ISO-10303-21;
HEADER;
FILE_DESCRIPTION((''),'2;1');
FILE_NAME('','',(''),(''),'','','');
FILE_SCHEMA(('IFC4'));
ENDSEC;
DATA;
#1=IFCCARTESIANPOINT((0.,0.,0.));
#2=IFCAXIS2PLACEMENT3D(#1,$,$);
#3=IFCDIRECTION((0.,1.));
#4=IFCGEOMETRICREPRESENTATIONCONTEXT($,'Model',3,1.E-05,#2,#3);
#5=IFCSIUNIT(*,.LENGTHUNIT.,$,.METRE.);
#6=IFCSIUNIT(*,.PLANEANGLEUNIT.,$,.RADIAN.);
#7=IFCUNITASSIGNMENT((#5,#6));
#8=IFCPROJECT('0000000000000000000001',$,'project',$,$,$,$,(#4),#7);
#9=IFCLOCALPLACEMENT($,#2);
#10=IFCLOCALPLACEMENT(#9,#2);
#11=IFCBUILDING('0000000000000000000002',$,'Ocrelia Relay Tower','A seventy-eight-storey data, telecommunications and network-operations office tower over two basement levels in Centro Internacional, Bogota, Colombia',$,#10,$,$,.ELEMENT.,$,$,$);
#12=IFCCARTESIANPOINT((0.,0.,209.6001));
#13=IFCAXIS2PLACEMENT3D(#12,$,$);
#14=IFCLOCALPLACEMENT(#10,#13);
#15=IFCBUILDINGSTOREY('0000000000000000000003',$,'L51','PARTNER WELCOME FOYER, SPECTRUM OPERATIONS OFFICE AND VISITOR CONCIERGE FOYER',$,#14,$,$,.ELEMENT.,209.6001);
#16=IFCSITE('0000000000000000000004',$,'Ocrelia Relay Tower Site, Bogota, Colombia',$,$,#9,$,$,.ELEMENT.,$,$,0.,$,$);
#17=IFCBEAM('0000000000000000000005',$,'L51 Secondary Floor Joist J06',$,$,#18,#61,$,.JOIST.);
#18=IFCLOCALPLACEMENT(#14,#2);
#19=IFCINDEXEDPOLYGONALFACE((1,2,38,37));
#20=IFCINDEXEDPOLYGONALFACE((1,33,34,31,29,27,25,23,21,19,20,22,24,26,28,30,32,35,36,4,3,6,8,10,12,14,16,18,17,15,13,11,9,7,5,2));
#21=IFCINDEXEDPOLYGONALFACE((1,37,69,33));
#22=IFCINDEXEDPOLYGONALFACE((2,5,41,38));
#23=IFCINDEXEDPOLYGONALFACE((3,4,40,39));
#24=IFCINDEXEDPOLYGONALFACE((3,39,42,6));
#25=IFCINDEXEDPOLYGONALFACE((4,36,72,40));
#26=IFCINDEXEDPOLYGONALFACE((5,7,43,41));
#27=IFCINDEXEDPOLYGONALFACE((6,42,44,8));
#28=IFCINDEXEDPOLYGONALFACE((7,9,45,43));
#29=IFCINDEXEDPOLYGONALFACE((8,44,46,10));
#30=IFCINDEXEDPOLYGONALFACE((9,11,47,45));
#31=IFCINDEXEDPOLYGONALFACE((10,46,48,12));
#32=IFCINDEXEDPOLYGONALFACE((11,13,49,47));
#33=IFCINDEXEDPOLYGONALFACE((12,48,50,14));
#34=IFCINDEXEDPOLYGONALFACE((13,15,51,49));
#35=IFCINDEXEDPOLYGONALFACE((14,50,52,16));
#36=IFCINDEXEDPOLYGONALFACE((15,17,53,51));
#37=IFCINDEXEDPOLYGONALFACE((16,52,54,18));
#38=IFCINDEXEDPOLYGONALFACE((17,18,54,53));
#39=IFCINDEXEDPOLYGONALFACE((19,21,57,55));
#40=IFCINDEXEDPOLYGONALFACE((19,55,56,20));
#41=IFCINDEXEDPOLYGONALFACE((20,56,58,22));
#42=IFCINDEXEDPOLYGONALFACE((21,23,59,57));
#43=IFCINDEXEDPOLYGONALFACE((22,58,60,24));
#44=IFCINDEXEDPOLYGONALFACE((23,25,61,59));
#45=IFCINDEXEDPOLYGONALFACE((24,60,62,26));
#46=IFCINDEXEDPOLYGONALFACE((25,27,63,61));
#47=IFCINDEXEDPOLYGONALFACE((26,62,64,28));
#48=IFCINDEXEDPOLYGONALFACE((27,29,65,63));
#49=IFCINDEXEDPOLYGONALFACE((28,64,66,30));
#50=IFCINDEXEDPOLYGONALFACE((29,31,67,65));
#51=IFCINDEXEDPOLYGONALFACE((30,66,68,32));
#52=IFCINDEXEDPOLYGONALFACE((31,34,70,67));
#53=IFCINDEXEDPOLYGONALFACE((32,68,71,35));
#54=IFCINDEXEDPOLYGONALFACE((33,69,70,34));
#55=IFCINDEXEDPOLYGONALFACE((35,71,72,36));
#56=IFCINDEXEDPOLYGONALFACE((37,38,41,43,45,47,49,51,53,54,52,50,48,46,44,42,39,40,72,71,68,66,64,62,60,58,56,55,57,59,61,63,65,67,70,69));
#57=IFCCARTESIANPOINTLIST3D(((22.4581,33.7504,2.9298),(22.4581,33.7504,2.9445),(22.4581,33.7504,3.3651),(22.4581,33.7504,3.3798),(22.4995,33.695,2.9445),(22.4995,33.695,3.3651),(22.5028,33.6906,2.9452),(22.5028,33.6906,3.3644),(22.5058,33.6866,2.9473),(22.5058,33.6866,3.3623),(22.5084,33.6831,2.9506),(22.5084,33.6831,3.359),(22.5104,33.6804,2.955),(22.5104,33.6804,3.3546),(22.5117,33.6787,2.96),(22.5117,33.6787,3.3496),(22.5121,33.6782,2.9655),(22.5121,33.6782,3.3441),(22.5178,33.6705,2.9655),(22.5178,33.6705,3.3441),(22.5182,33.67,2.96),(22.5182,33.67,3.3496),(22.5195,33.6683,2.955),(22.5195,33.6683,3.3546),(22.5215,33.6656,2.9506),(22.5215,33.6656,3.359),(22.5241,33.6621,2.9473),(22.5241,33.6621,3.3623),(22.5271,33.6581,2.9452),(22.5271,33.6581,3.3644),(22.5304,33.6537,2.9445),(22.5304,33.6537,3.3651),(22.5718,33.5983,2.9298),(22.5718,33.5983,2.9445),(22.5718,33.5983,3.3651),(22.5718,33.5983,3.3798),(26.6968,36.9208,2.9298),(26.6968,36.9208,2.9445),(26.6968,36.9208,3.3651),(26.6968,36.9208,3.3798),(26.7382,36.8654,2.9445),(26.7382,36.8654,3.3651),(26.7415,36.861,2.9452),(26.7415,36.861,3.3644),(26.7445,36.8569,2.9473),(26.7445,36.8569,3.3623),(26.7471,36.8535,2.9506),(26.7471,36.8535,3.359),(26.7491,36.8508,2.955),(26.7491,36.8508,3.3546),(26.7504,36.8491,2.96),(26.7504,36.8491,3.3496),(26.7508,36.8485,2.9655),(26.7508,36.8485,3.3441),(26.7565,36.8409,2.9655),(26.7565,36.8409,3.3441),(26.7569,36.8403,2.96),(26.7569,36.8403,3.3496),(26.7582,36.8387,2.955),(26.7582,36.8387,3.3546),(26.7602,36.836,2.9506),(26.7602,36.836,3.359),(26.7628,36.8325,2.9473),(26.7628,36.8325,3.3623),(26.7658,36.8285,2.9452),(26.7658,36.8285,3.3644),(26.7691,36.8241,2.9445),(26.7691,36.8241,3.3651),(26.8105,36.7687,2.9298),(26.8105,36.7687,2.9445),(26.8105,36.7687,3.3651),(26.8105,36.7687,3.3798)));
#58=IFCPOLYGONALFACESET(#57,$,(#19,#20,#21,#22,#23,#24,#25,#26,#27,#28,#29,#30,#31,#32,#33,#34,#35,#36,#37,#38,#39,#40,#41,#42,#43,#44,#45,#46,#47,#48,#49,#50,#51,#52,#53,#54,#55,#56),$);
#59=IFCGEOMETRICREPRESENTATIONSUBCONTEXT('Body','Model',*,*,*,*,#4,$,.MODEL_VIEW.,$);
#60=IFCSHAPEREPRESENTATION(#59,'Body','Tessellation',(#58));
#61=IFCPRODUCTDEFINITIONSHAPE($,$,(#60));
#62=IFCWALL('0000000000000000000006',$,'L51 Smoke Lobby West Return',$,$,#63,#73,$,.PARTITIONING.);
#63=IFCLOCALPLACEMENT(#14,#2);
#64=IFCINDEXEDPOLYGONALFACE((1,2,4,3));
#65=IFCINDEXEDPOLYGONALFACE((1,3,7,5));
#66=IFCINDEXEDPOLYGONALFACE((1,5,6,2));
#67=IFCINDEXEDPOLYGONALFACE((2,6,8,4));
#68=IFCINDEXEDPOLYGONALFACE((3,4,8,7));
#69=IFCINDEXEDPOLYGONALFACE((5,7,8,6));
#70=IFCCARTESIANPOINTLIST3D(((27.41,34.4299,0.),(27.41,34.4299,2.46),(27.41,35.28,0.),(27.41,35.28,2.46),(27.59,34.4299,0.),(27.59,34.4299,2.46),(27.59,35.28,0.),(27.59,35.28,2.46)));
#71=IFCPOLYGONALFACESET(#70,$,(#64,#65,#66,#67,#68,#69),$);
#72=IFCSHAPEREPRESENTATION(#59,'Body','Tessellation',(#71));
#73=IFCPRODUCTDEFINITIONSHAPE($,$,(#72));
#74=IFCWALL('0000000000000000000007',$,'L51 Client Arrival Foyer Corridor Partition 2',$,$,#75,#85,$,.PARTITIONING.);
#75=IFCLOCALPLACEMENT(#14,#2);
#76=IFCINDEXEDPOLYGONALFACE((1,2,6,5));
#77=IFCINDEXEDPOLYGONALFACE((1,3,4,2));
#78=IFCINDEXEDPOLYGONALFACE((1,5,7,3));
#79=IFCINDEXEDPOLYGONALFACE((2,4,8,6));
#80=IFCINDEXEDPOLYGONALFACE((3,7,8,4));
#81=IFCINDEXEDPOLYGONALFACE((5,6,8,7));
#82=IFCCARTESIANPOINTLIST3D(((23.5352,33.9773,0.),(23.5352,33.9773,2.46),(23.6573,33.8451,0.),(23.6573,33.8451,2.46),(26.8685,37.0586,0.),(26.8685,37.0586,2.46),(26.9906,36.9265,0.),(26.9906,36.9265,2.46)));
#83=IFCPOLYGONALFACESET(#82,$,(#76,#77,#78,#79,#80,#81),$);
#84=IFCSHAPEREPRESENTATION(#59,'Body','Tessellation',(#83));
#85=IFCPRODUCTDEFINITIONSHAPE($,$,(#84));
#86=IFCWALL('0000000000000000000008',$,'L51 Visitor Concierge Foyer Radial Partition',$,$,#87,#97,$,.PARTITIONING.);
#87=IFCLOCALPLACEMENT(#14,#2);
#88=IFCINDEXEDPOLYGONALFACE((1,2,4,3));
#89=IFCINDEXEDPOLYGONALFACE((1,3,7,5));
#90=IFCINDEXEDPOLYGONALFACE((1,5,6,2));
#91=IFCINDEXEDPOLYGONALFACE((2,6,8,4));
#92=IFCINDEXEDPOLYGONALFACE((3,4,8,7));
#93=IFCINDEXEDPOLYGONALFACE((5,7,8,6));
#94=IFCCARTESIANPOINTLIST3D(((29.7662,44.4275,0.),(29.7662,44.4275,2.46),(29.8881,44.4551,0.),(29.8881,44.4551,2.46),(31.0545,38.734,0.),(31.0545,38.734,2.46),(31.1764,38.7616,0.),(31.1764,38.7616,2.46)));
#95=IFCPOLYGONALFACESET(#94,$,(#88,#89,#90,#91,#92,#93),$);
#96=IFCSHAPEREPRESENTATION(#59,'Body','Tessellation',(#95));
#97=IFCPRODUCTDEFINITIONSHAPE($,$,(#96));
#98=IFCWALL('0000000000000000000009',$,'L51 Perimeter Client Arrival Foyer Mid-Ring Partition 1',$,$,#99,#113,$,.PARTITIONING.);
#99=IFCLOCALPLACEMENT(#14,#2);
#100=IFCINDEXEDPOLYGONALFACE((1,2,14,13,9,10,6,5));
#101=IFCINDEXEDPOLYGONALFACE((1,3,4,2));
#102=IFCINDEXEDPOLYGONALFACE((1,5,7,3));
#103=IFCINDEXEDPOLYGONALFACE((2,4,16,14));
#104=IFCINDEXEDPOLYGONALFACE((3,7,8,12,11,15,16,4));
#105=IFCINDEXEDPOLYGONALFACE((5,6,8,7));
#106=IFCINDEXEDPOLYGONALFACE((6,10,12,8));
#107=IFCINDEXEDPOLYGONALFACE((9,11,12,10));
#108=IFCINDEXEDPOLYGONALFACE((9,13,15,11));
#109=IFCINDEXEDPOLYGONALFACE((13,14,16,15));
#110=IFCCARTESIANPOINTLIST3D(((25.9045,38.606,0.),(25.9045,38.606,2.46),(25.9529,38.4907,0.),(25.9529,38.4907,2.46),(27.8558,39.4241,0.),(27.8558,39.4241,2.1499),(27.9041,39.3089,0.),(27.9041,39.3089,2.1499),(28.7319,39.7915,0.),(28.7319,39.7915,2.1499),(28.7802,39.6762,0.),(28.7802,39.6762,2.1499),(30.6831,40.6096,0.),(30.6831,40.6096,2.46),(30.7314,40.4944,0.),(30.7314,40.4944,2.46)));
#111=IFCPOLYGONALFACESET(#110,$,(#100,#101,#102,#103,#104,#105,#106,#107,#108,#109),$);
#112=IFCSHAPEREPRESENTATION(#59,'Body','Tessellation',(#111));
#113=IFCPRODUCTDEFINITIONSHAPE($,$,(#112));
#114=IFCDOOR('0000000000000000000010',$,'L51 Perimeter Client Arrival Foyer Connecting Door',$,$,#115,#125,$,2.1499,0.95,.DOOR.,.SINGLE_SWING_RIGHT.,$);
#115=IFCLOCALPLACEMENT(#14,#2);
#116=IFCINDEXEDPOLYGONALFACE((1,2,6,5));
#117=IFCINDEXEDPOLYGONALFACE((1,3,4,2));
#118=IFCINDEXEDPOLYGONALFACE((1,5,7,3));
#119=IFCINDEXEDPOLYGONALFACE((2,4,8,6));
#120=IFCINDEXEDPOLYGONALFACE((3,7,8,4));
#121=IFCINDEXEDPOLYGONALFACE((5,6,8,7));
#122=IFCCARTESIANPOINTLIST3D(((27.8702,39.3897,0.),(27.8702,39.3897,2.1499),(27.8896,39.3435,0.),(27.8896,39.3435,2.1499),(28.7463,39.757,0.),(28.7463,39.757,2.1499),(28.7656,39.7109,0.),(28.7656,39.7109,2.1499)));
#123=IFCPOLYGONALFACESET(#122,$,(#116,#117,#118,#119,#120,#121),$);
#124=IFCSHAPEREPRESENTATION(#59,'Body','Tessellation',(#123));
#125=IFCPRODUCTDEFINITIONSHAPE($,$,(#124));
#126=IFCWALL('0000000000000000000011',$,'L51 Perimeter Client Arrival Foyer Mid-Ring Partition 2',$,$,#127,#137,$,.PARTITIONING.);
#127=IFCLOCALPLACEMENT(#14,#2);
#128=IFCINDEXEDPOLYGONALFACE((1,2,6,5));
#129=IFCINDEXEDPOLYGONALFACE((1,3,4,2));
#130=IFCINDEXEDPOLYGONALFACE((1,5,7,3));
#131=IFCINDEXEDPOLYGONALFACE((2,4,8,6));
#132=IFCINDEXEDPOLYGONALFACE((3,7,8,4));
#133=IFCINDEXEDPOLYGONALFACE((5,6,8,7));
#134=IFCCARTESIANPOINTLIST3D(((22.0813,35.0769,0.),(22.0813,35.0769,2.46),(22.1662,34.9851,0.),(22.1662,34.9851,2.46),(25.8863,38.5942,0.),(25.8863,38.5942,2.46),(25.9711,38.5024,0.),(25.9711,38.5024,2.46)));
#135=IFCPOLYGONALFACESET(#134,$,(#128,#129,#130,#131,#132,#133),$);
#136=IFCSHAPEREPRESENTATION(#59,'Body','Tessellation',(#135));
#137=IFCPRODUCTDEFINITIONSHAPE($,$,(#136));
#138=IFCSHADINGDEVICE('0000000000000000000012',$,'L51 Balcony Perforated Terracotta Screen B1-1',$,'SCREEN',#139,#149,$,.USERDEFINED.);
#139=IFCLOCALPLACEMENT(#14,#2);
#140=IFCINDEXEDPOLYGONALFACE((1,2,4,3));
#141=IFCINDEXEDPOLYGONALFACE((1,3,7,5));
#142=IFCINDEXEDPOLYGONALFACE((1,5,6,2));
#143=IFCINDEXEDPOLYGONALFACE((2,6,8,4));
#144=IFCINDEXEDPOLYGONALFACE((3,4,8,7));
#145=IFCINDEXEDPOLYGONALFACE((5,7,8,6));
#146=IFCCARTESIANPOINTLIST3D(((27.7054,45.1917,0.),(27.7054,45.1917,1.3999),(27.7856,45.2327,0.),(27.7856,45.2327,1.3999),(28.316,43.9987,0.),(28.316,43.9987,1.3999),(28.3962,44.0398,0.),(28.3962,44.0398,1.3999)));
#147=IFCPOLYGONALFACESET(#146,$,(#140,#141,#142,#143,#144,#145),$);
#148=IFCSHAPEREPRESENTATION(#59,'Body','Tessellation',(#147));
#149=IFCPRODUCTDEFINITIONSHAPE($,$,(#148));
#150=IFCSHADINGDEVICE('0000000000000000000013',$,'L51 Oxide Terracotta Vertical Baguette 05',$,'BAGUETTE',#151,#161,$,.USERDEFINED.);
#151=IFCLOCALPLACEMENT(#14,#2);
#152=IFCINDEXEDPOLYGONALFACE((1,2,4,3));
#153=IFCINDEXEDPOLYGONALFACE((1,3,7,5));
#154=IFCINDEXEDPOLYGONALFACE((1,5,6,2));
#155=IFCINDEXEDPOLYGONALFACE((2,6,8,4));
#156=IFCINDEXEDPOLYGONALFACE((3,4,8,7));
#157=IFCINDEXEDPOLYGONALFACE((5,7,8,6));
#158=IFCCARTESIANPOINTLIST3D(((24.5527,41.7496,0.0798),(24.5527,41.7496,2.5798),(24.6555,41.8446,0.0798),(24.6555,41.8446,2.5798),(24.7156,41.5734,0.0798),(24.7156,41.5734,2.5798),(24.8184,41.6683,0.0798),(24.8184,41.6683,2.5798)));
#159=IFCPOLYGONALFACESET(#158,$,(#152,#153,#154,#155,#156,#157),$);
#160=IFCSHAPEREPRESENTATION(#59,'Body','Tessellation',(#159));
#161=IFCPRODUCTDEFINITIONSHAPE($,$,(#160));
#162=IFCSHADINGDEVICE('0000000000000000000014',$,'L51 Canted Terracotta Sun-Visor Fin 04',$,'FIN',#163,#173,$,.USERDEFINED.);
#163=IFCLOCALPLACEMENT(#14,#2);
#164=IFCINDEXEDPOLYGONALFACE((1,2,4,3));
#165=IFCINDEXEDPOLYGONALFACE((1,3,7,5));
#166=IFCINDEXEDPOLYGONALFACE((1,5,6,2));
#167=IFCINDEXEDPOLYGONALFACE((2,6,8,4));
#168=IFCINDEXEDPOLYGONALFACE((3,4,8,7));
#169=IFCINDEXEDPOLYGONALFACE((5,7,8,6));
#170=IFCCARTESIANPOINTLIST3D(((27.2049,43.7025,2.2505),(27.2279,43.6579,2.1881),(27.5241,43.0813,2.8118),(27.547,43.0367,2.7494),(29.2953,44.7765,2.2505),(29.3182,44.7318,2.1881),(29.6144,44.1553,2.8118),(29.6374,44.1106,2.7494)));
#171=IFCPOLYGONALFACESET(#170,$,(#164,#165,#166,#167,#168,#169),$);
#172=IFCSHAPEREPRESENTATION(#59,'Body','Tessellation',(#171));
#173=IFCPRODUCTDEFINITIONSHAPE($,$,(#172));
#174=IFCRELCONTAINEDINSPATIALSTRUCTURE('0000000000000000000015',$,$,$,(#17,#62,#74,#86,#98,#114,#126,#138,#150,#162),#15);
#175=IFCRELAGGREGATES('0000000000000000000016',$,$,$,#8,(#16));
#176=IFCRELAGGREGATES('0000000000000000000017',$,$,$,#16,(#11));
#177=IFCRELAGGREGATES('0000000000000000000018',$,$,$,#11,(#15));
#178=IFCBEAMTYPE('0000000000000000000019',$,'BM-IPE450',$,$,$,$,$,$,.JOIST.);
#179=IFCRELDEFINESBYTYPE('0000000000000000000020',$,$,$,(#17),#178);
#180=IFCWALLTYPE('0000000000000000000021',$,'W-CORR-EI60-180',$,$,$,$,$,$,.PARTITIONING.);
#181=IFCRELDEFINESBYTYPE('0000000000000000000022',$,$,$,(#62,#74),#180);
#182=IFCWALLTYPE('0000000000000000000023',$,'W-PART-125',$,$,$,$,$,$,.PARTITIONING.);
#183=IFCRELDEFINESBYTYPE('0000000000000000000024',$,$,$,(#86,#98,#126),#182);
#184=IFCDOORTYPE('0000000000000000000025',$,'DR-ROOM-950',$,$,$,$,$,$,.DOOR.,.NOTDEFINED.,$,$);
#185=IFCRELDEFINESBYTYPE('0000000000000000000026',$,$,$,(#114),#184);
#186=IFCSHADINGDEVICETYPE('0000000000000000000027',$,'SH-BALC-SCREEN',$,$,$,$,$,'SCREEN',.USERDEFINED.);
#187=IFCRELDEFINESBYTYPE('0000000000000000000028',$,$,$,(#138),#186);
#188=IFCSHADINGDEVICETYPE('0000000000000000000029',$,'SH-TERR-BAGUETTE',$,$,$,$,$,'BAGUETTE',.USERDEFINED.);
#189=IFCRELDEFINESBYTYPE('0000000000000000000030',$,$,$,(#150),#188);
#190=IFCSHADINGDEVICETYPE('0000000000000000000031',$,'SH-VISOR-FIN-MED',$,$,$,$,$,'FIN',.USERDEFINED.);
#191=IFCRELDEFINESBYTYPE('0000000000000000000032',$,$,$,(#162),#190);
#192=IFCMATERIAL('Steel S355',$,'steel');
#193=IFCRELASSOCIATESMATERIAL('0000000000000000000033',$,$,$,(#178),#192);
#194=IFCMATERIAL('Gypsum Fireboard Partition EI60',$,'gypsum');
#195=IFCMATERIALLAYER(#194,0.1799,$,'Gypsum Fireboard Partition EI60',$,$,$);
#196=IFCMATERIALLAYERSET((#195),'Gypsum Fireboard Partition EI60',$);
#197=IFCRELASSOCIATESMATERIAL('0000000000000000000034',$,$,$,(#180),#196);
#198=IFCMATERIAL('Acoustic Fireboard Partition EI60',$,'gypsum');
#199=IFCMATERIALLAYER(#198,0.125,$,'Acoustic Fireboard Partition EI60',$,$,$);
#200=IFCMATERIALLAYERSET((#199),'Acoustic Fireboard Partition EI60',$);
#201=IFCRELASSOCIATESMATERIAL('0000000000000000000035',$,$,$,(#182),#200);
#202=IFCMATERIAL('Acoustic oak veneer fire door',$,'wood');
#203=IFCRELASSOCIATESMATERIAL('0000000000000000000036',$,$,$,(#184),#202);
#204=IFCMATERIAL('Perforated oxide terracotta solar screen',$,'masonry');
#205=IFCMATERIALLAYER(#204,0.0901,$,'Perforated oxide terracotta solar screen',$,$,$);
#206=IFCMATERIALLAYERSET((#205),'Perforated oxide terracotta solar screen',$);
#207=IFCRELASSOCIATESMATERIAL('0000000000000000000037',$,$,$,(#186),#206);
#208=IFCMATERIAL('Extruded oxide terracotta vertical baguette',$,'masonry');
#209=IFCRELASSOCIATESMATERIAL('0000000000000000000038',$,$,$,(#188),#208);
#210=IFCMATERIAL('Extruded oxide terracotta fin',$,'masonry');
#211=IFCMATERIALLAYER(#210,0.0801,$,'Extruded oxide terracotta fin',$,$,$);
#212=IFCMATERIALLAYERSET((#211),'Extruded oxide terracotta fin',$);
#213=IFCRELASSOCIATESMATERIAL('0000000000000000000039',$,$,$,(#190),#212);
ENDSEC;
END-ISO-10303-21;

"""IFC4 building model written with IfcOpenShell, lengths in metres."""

from ifc_helpers import new_model, si_unit, direction, frame, frame_2d, origin, origin_2d, place, context, subcontext, project, spatial, rectangle, i_section, extrude, material, layer, layer_set, material_profile, profile_set, type_object, element, fill, save


model = new_model("IFC4")

# Units and contexts
model_context = context("Model", 3, precision=1e-05, world=origin(), true_north=direction((0.0, 1.0)))
body_context = subcontext(model_context, "Body", "Model", "MODEL_VIEW")
ifc_project = project(units=[si_unit("LENGTHUNIT", "METRE"), si_unit("PLANEANGLEUNIT", "RADIAN")], contexts=[model_context])

# Site, building, storey
site_placement = place(None, origin())
site = spatial("IfcSite", under=ifc_project, at=site_placement, Name="Ocrelia Relay Tower Site, Bogota, Colombia", CompositionType="ELEMENT", RefElevation=0.0)
building_placement = place(site_placement, origin())
building = spatial("IfcBuilding", under=site, at=building_placement, Name="Ocrelia Relay Tower", Description="A seventy-eight-storey data, telecommunications and network-operations office tower over two basement levels in Centro Internacional, Bogota, Colombia", CompositionType="ELEMENT")
storey_placement = place(building_placement, frame((0.0, 0.0, 209.6001)))
storey = spatial("IfcBuildingStorey", under=building, at=storey_placement, Name="L51", Description="PARTNER WELCOME FOYER, SPECTRUM OPERATIONS OFFICE AND VISITOR CONCIERGE FOYER", CompositionType="ELEMENT", Elevation=209.6001)

# Beam
ifc_material_1 = material(Name="Steel S355", Category="steel")
ifc_material_profile_1 = material_profile(ifc_material_1, i_section(OverallWidth=0.1899, OverallDepth=0.45, WebThickness=0.0095, FlangeThickness=0.0146, FilletRadius=0.021, at=origin_2d()), Name="IPE 450")
ifc_profile_set_1 = profile_set([ifc_material_profile_1], Name="Steel S355")
beam_type_1 = type_object("IfcBeamType", Name="BM-IPE450", PredefinedType="JOIST", material=ifc_profile_set_1)
beam_1_placement = place(storey_placement, frame((26.7537, 36.8447, 3.1548), z_axis=(-0.800785, -0.598952, 0.0), x_axis=(0.598952, -0.800785, 0.0)))
element("IfcBeam", 1, at=beam_1_placement, inside=storey, type_object=beam_type_1, Name="L51 Secondary Floor Joist J06", PredefinedType="JOIST", context=body_context, shape_type="SweptSolid", body=[
    extrude(i_section(OverallWidth=0.1899, OverallDepth=0.45, WebThickness=0.0095, FlangeThickness=0.0146, FilletRadius=0.021, at=origin_2d()), origin(), (0.0, 0.0, 1.0), 5.2932),
])

# Wall
ifc_material_2 = material(Name="Gypsum Fireboard Partition EI60", Category="gypsum")
ifc_layer_1 = layer(ifc_material_2, 0.1799, Name="Gypsum Fireboard Partition EI60")
ifc_layer_set_1 = layer_set([ifc_layer_1], Name="Gypsum Fireboard Partition EI60")
wall_type_1 = type_object("IfcWallType", Name="W-CORR-EI60-180", PredefinedType="PARTITIONING", material=ifc_layer_set_1)
wall_1_placement = place(storey_placement, frame((27.5, 34.4299, 0.0), z_axis=(0.0, 0.0, 1.0), x_axis=(0.0, 1.0, 0.0)))
element("IfcWall", 2, at=wall_1_placement, inside=storey, type_object=wall_type_1, Name="L51 Smoke Lobby West Return", PredefinedType="PARTITIONING", context=body_context, shape_type="SweptSolid", body=[
    extrude(rectangle(XDim=0.8501, YDim=0.1799, at=frame_2d((0.425, 0.0))), origin(), (0.0, 0.0, 1.0), 2.46),
])

# Wall
wall_2_placement = place(storey_placement, frame((26.9294, 36.9924, 0.0), z_axis=(0.0, 0.0, 1.0), x_axis=(-0.734315, -0.678809, 0.0)))
element("IfcWall", 3, at=wall_2_placement, inside=storey, type_object=wall_type_1, Name="L51 Client Arrival Foyer Corridor Partition 2", PredefinedType="PARTITIONING", context=body_context, shape_type="SweptSolid", body=[
    extrude(rectangle(XDim=4.5393, YDim=0.1799, at=frame_2d((2.2695, 0.0))), origin(), (0.0, 0.0, 1.0), 2.46),
])

# Wall
ifc_material_3 = material(Name="Acoustic Fireboard Partition EI60", Category="gypsum")
ifc_layer_2 = layer(ifc_material_3, 0.125, Name="Acoustic Fireboard Partition EI60")
ifc_layer_set_2 = layer_set([ifc_layer_2], Name="Acoustic Fireboard Partition EI60")
wall_type_2 = type_object("IfcWallType", Name="W-PART-125", PredefinedType="PARTITIONING", material=ifc_layer_set_2)
wall_3_placement = place(storey_placement, frame((31.1155, 38.7478, 0.0), z_axis=(0.0, 0.0, 1.0), x_axis=(-0.220706, 0.97534, 0.0)))
element("IfcWall", 4, at=wall_3_placement, inside=storey, type_object=wall_type_2, Name="L51 Visitor Concierge Foyer Radial Partition", PredefinedType="PARTITIONING", context=body_context, shape_type="SweptSolid", body=[
    extrude(rectangle(XDim=5.8374, YDim=0.125, at=frame_2d((2.9187, 0.0))), origin(), (0.0, 0.0, 1.0), 2.46),
])

# Wall, opening, door
wall_4_placement = place(storey_placement, frame((30.7073, 40.552, 0.0), z_axis=(0.0, 0.0, 1.0), x_axis=(-0.922212, -0.386685, 0.0)))
wall_4 = element("IfcWall", 5, at=wall_4_placement, inside=storey, type_object=wall_type_2, Name="L51 Perimeter Client Arrival Foyer Mid-Ring Partition 1", PredefinedType="PARTITIONING", context=body_context, shape_type="SweptSolid", body=[
    extrude(rectangle(XDim=5.1816, YDim=0.125, at=frame_2d((2.5908, 0.0))), origin(), (0.0, 0.0, 1.0), 2.46),
])
opening_1_placement = place(wall_4_placement, frame((2.1157, 0.0, 0.0)))
opening_1 = element("IfcOpeningElement", 6, at=opening_1_placement, cuts=wall_4, PredefinedType="OPENING", context=body_context, shape_type="SweptSolid", body=[
    extrude(rectangle(XDim=0.95, YDim=2.1499, at=frame_2d((0.4751, 1.075))), frame((0.0, 0.0725, 0.0), z_axis=(0.0, -1.0, 0.0), x_axis=(1.0, 0.0, 0.0)), (0.0, 0.0, 1.0), 0.145),
])
ifc_material_4 = material(Name="Acoustic oak veneer fire door", Category="wood")
door_type_1 = type_object("IfcDoorType", Name="DR-ROOM-950", OperationType="NOTDEFINED", PredefinedType="DOOR", material=ifc_material_4)
door_1_placement = place(opening_1_placement, origin())
door_1 = element("IfcDoor", 7, at=door_1_placement, inside=storey, type_object=door_type_1, Name="L51 Perimeter Client Arrival Foyer Connecting Door", OperationType="SINGLE_SWING_RIGHT", OverallHeight=2.1499, OverallWidth=0.95, PredefinedType="DOOR", context=body_context, shape_type="SweptSolid", body=[
    extrude(rectangle(XDim=0.95, YDim=2.1499, at=frame_2d((0.4751, 1.075))), frame((0.0, 0.0249, 0.0), z_axis=(0.0, -1.0, 0.0), x_axis=(1.0, 0.0, 0.0)), (0.0, 0.0, 1.0), 0.05),
])
fill(opening_1, door_1)

# Wall
wall_5_placement = place(storey_placement, frame((25.9287, 38.5483, 0.0), z_axis=(0.0, 0.0, 1.0), x_axis=(-0.734314, -0.67881, 0.0)))
element("IfcWall", 8, at=wall_5_placement, inside=storey, type_object=wall_type_2, Name="L51 Perimeter Client Arrival Foyer Mid-Ring Partition 2", PredefinedType="PARTITIONING", context=body_context, shape_type="SweptSolid", body=[
    extrude(rectangle(XDim=5.1816, YDim=0.125, at=frame_2d((2.5908, 0.0))), origin(), (0.0, 0.0, 1.0), 2.46),
])

# Shading devices
ifc_material_5 = material(Name="Perforated oxide terracotta solar screen", Category="masonry")
ifc_layer_3 = layer(ifc_material_5, 0.0901, Name="Perforated oxide terracotta solar screen")
ifc_layer_set_3 = layer_set([ifc_layer_3], Name="Perforated oxide terracotta solar screen")
shading_device_type_1 = type_object("IfcShadingDeviceType", Name="SH-BALC-SCREEN", ElementType="SCREEN", PredefinedType="USERDEFINED", material=ifc_layer_set_3)
shading_device_1_placement = place(storey_placement, frame((28.0508, 44.6157, 0.0), z_axis=(0.0, 0.0, 1.0), x_axis=(-0.455633, 0.890168, 0.0)))
element("IfcShadingDevice", 9, at=shading_device_1_placement, inside=storey, type_object=shading_device_type_1, Name="L51 Balcony Perforated Terracotta Screen B1-1", ObjectType="SCREEN", PredefinedType="USERDEFINED", context=body_context, shape_type="SweptSolid", body=[
    extrude(rectangle(XDim=1.3401, YDim=0.0901, at=origin_2d()), origin(), (0.0, 0.0, 1.0), 1.3999),
])
ifc_material_6 = material(Name="Extruded oxide terracotta vertical baguette", Category="masonry")
shading_device_type_2 = type_object("IfcShadingDeviceType", Name="SH-TERR-BAGUETTE", ElementType="BAGUETTE", PredefinedType="USERDEFINED", material=ifc_material_6)
shading_device_2_placement = place(storey_placement, frame((24.6855, 41.709, 0.0798), z_axis=(0.0, 0.0, 1.0), x_axis=(-0.734328, -0.678795, 0.0)))
element("IfcShadingDevice", 10, at=shading_device_2_placement, inside=storey, type_object=shading_device_type_2, Name="L51 Oxide Terracotta Vertical Baguette 05", ObjectType="BAGUETTE", PredefinedType="USERDEFINED", context=body_context, shape_type="SweptSolid", body=[
    extrude(rectangle(XDim=0.1399, YDim=0.24, at=origin_2d()), origin(), (0.0, 0.0, 1.0), 2.5),
])
ifc_material_7 = material(Name="Extruded oxide terracotta fin", Category="masonry")
ifc_layer_4 = layer(ifc_material_7, 0.0801, Name="Extruded oxide terracotta fin")
ifc_layer_set_4 = layer_set([ifc_layer_4], Name="Extruded oxide terracotta fin")
shading_device_type_3 = type_object("IfcShadingDeviceType", Name="SH-VISOR-FIN-MED", ElementType="FIN", PredefinedType="USERDEFINED", material=ifc_layer_set_4)
shading_device_3_placement = place(storey_placement, frame((28.4326, 43.8843, 2.4688), z_axis=(-0.286274, 0.557233, 0.779447), x_axis=(-0.889484, -0.456966, 0.0)))
element("IfcShadingDevice", 11, at=shading_device_3_placement, inside=storey, type_object=shading_device_type_3, Name="L51 Canted Terracotta Sun-Visor Fin 04", ObjectType="FIN", PredefinedType="USERDEFINED", context=body_context, shape_type="SweptSolid", body=[
    extrude(rectangle(XDim=2.3501, YDim=0.896, at=origin_2d()), origin(), (0.0, 0.0, 1.0), 0.0801),
])

save(model, "model.ifc")
